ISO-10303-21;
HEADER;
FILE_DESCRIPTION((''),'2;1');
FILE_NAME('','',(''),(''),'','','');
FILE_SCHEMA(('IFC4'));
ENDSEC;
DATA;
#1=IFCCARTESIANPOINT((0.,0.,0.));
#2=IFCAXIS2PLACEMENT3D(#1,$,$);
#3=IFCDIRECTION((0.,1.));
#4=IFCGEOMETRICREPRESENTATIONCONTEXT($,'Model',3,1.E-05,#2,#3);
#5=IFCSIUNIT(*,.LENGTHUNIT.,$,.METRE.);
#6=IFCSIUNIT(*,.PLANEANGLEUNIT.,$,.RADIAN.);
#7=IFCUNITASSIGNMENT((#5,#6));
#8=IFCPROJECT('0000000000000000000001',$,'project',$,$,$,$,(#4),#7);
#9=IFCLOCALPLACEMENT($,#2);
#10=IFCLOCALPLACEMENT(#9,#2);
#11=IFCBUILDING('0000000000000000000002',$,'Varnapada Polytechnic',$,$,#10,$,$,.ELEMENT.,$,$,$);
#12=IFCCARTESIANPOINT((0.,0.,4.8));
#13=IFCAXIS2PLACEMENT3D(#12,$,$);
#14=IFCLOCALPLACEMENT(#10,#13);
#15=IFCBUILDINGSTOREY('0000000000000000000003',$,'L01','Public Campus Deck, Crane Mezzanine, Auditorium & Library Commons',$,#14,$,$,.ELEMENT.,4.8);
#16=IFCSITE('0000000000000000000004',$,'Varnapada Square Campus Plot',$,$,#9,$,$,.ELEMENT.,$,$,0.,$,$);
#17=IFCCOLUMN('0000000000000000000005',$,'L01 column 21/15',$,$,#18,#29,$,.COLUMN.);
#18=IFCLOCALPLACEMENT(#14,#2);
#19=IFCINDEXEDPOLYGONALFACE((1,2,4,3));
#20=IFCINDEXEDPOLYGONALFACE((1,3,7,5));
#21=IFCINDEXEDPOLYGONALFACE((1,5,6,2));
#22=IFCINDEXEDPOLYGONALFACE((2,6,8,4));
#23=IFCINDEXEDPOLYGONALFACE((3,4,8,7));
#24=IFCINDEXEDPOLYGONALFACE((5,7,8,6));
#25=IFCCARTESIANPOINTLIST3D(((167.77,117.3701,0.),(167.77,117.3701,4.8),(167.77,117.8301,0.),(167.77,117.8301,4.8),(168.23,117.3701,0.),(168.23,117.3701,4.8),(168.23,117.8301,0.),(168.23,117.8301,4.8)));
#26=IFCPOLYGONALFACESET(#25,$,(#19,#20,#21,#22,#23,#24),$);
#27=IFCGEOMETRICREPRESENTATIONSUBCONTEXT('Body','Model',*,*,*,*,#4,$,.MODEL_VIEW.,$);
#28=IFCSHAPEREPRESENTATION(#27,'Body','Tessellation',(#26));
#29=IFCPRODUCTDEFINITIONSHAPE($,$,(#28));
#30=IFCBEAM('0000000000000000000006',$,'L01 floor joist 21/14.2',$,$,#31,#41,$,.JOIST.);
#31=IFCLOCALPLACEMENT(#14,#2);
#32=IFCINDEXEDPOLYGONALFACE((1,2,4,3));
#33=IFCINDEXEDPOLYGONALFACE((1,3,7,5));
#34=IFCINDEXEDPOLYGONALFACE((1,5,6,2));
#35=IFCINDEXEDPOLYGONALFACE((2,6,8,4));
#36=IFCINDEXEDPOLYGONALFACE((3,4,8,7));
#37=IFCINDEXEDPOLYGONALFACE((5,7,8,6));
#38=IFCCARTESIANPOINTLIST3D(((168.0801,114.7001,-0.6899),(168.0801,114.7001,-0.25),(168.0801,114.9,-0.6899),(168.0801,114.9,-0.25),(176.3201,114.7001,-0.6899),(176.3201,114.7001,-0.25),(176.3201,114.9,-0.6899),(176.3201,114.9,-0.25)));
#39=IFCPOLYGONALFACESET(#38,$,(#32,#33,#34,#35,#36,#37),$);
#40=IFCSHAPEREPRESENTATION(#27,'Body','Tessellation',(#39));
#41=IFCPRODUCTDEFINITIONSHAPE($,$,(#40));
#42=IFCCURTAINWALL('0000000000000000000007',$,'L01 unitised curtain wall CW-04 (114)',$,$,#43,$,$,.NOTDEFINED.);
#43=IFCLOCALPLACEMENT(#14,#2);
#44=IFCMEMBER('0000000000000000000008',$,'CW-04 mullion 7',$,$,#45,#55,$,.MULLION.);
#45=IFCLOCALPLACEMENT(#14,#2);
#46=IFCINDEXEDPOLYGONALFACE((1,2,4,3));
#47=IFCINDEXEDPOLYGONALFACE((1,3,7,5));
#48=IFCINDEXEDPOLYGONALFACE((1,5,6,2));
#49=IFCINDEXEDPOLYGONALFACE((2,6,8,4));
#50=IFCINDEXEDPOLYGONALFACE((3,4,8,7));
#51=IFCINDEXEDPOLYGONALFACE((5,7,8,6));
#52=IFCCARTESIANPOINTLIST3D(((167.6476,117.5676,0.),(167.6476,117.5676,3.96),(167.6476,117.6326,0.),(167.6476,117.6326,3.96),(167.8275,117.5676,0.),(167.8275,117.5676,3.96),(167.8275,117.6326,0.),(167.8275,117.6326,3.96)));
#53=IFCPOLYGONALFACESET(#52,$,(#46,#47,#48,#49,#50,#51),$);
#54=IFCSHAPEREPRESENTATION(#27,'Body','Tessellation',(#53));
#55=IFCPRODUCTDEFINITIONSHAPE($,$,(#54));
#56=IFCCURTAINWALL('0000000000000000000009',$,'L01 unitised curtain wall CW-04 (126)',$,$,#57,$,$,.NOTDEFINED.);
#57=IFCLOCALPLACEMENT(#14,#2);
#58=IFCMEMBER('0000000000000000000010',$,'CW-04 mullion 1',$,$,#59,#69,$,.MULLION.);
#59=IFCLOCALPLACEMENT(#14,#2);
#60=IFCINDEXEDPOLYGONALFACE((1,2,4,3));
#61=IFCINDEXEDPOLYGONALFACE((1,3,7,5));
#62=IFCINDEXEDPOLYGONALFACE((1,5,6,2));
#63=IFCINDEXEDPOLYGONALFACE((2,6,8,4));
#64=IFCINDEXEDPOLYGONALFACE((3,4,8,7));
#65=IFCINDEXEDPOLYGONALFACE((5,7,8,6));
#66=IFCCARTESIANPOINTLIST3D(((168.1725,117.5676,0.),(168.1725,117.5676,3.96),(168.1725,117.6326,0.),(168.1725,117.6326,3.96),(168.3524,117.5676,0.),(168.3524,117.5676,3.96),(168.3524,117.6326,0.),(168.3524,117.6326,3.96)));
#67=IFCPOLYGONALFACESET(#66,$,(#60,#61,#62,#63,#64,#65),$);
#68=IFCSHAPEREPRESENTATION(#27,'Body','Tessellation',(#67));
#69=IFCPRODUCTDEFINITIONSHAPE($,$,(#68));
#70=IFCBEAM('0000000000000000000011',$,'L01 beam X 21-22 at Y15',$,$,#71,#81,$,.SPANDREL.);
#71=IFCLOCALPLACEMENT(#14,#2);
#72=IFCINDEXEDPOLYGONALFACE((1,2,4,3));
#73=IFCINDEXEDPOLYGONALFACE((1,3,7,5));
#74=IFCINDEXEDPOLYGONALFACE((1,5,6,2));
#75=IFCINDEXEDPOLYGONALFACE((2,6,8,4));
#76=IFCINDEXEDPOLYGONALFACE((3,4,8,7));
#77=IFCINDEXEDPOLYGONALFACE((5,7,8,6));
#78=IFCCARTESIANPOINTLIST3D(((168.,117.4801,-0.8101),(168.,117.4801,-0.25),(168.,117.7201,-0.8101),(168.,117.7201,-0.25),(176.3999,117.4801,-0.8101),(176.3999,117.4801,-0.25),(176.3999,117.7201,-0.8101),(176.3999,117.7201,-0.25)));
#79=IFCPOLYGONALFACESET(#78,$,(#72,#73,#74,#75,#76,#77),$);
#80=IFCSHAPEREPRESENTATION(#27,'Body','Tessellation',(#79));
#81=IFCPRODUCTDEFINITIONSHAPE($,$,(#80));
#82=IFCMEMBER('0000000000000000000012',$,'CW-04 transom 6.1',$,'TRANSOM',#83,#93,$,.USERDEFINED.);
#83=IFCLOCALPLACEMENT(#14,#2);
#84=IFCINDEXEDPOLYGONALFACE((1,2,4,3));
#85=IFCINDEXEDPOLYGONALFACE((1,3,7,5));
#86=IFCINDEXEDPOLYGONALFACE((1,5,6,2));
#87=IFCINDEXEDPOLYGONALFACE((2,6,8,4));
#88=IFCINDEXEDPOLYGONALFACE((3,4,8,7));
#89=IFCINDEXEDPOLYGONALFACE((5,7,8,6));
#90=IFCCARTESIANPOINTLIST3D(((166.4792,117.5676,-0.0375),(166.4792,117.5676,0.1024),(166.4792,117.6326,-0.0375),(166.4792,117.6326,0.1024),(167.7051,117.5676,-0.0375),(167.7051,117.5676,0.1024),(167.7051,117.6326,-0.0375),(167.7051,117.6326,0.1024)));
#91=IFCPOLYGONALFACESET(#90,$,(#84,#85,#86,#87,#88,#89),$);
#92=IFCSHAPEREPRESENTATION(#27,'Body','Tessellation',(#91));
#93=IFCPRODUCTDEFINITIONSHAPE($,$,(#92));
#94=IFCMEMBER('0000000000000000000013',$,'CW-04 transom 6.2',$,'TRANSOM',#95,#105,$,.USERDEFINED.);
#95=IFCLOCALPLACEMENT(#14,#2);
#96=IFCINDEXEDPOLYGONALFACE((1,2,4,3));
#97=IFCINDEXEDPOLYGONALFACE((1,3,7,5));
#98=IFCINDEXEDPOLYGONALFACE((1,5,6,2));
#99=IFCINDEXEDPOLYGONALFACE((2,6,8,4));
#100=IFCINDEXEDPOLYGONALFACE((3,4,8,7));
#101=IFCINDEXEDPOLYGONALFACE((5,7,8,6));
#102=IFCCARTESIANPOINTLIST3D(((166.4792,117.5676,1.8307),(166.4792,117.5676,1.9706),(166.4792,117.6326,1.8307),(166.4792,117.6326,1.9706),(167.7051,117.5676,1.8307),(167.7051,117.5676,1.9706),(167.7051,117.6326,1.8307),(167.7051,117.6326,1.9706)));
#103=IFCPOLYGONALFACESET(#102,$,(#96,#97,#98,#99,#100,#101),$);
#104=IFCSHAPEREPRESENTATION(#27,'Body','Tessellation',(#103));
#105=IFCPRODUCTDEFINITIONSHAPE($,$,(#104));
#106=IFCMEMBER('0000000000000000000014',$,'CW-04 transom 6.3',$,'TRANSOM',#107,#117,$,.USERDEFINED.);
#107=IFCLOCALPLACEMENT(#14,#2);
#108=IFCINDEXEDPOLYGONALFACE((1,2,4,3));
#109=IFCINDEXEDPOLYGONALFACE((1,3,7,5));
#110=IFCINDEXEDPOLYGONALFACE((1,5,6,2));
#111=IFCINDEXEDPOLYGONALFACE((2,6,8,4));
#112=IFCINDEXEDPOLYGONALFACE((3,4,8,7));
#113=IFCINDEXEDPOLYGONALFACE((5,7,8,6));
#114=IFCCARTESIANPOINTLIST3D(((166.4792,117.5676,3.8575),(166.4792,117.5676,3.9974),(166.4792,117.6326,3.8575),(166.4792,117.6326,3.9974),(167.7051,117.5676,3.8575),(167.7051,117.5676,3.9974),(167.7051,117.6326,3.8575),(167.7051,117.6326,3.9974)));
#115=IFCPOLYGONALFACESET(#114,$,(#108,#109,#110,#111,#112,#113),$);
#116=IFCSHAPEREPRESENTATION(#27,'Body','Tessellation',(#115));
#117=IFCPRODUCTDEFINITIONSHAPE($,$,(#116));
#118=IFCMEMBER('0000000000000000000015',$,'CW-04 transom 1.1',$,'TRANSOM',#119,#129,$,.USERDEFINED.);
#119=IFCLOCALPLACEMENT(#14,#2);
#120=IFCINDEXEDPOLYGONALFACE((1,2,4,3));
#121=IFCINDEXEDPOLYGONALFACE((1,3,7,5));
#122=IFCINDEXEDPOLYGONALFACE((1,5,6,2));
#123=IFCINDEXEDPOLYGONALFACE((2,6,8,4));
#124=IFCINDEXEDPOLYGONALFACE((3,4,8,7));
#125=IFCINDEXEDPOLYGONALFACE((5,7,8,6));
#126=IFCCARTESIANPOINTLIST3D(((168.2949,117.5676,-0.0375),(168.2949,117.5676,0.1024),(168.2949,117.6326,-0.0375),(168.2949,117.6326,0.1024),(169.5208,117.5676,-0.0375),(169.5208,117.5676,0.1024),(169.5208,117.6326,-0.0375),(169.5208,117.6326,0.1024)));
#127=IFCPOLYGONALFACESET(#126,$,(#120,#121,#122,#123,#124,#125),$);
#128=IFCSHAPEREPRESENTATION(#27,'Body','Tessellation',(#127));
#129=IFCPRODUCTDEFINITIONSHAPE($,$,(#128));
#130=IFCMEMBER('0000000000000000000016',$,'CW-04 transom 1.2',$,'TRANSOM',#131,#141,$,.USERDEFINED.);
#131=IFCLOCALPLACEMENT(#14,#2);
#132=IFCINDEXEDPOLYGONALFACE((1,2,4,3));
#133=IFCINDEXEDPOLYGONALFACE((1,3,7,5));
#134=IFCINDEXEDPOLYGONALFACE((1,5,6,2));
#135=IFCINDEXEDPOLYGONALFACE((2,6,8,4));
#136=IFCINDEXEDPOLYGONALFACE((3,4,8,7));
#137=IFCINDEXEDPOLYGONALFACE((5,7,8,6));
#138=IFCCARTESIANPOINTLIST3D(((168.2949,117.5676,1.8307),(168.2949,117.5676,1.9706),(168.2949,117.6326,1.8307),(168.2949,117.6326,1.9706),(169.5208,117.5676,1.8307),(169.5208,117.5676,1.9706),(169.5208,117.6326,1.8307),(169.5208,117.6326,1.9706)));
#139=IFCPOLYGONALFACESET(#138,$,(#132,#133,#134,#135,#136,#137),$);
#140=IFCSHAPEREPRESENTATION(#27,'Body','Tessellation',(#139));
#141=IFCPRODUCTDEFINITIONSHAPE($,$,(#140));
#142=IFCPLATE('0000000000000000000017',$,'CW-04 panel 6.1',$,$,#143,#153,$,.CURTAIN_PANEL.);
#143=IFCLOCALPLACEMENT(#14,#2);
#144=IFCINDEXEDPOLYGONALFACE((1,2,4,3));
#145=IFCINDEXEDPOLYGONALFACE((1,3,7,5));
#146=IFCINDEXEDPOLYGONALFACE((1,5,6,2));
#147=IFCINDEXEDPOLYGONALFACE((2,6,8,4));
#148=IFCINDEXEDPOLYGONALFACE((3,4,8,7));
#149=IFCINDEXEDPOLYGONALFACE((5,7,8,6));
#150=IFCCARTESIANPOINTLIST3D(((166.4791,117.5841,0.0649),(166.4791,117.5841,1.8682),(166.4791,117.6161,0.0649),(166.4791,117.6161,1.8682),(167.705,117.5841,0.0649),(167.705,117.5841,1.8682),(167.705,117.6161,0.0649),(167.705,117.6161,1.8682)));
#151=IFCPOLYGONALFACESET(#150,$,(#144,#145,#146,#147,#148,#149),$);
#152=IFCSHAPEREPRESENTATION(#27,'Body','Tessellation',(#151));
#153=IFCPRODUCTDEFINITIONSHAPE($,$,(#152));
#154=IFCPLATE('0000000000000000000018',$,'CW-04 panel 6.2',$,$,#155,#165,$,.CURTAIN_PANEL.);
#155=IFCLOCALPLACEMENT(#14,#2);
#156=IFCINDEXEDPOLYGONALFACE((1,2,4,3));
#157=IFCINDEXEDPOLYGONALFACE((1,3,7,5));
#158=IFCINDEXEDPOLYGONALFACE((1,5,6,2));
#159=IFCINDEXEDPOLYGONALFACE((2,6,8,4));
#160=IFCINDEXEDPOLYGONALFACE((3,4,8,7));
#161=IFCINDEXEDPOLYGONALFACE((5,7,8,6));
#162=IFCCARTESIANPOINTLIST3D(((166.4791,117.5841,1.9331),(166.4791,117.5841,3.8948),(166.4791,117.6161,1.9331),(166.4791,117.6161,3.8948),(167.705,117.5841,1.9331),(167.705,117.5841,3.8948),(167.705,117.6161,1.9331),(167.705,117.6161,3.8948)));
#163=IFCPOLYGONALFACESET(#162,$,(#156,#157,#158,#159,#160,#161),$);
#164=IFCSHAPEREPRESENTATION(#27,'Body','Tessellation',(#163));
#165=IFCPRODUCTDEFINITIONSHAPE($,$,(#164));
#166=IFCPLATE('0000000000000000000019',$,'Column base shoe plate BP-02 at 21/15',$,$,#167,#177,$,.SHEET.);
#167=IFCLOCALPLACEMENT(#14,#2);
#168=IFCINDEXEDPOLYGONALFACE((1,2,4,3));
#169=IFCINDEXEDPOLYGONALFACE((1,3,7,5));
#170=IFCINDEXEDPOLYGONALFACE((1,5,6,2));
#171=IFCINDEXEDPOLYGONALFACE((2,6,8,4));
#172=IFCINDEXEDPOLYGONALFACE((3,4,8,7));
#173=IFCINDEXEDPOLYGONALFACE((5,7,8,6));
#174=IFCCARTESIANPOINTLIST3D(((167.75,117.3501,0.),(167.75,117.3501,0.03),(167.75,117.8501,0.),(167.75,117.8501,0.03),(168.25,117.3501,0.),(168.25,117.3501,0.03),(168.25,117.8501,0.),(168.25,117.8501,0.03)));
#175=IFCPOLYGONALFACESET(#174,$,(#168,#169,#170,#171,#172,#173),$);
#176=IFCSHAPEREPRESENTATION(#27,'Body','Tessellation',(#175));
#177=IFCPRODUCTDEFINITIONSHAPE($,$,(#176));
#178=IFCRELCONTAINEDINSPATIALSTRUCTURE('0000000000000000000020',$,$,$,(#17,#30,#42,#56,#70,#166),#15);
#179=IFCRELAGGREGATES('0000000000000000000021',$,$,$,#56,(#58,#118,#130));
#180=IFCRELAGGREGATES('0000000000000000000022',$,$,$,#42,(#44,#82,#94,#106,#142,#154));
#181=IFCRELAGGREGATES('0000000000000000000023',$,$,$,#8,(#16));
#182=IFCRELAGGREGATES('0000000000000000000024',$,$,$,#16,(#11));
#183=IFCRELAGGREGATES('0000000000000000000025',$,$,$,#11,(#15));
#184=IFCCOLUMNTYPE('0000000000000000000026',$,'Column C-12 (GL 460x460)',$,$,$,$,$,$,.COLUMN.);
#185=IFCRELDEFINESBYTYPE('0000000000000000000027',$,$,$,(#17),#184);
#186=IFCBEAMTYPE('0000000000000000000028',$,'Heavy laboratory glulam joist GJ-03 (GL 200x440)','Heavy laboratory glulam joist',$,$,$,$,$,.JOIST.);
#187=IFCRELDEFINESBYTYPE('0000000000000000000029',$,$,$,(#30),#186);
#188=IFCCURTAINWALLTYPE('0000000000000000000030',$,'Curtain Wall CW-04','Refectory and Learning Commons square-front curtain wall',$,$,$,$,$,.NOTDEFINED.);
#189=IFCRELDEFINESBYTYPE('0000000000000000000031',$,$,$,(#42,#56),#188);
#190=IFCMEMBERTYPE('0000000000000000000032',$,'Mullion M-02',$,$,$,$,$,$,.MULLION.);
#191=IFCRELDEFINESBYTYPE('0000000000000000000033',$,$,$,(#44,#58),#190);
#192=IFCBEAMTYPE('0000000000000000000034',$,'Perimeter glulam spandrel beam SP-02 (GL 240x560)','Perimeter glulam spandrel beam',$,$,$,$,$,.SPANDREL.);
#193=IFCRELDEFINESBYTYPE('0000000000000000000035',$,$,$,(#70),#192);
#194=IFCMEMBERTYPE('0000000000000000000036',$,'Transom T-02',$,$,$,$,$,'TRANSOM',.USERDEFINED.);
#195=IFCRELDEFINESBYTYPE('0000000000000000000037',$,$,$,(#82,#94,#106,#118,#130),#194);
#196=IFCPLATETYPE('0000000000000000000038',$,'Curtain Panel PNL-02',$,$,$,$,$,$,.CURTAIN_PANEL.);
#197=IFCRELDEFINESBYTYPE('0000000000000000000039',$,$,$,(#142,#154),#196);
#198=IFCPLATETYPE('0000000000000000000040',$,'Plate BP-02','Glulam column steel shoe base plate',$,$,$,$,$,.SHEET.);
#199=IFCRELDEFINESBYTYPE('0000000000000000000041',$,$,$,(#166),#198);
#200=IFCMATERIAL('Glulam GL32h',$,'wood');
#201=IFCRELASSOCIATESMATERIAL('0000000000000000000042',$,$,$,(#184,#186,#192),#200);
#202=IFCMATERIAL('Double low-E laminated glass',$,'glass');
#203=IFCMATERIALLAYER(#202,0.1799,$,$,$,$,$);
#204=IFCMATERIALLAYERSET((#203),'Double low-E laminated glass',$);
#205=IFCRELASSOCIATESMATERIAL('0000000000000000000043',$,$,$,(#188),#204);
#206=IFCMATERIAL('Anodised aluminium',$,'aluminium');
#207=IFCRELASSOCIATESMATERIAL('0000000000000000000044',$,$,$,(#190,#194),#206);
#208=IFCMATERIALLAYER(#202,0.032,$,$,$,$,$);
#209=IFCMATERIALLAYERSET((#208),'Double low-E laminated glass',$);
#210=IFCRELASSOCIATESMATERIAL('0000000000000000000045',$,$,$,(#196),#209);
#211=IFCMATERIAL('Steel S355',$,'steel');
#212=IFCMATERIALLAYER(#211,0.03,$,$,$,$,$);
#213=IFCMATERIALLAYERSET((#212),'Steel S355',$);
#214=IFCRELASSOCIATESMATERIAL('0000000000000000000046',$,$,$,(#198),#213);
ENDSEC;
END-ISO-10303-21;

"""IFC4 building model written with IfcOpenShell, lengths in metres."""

from ifc_helpers import new_model, si_unit, direction, frame, origin, origin_2d, place, context, subcontext, project, spatial, rectangle, extrude, material, layer, layer_set, material_profile, profile_set, type_object, element, aggregate, save


model = new_model("IFC4")

# Units and contexts
model_context = context("Model", 3, precision=1e-05, world=origin(), true_north=direction((0.0, 1.0)))
body_context = subcontext(model_context, "Body", "Model", "MODEL_VIEW")
ifc_project = project(units=[si_unit("LENGTHUNIT", "METRE"), si_unit("PLANEANGLEUNIT", "RADIAN")], contexts=[model_context])

# Site, building, storey
site_placement = place(None, origin())
site = spatial("IfcSite", under=ifc_project, at=site_placement, Name="Varnapada Square Campus Plot", CompositionType="ELEMENT", RefElevation=0.0)
building_placement = place(site_placement, origin())
building = spatial("IfcBuilding", under=site, at=building_placement, Name="Varnapada Polytechnic", CompositionType="ELEMENT")
storey_placement = place(building_placement, frame((0.0, 0.0, 4.8)))
storey = spatial("IfcBuildingStorey", under=building, at=storey_placement, Name="L01", Description="Public Campus Deck, Crane Mezzanine, Auditorium & Library Commons", CompositionType="ELEMENT", Elevation=4.8)

# Column
ifc_material_1 = material(Name="Glulam GL32h", Category="wood")
ifc_material_profile_1 = material_profile(ifc_material_1, rectangle(XDim=0.46, YDim=0.46, at=origin_2d()), Name="GL 460x460")
ifc_profile_set_1 = profile_set([ifc_material_profile_1], Name="Glulam GL32h")
column_type = type_object("IfcColumnType", Name="Column C-12 (GL 460x460)", PredefinedType="COLUMN", material=ifc_profile_set_1)
column_placement = place(storey_placement, frame((168.0, 117.6001, 0.0), z_axis=(0.0, 0.0, 1.0), x_axis=(1.0, 0.0, 0.0)))
element("IfcColumn", 1, at=column_placement, inside=storey, type_object=column_type, Name="L01 column 21/15", PredefinedType="COLUMN", context=body_context, shape_type="SweptSolid", body=[
    extrude(rectangle(XDim=0.46, YDim=0.46, at=origin_2d()), origin(), (0.0, 0.0, 1.0), 4.8),
])

# Beam
ifc_material_profile_2 = material_profile(ifc_material_1, rectangle(XDim=0.2, YDim=0.4399, at=origin_2d()), Name="GL 200x440")
ifc_profile_set_2 = profile_set([ifc_material_profile_2], Name="Glulam GL32h")
beam_type_1 = type_object("IfcBeamType", Name="Heavy laboratory glulam joist GJ-03 (GL 200x440)", Description="Heavy laboratory glulam joist", PredefinedType="JOIST", material=ifc_profile_set_2)
beam_1_placement = place(storey_placement, frame((168.0801, 114.8, -0.47), z_axis=(1.0, 0.0, 0.0), x_axis=(0.0, 1.0, 0.0)))
element("IfcBeam", 2, at=beam_1_placement, inside=storey, type_object=beam_type_1, Name="L01 floor joist 21/14.2", PredefinedType="JOIST", context=body_context, shape_type="SweptSolid", body=[
    extrude(rectangle(XDim=0.2, YDim=0.4399, at=origin_2d()), origin(), (0.0, 0.0, 1.0), 8.24),
])

# Curtain walls, members
ifc_material_2 = material(Name="Double low-E laminated glass", Category="glass")
ifc_layer_1 = layer(ifc_material_2, 0.1799)
ifc_layer_set_1 = layer_set([ifc_layer_1], Name="Double low-E laminated glass")
curtain_wall_type = type_object("IfcCurtainWallType", Name="Curtain Wall CW-04", Description="Refectory and Learning Commons square-front curtain wall", PredefinedType="NOTDEFINED", material=ifc_layer_set_1)
curtain_wall_1_placement = place(storey_placement, origin())
curtain_wall_1 = element("IfcCurtainWall", 3, at=curtain_wall_1_placement, inside=storey, type_object=curtain_wall_type, Name="L01 unitised curtain wall CW-04 (114)", PredefinedType="NOTDEFINED")
ifc_material_3 = material(Name="Anodised aluminium", Category="aluminium")
ifc_material_profile_3 = material_profile(ifc_material_3, rectangle(XDim=0.0649, YDim=0.1799, at=origin_2d()), Name="ALU M65x180")
ifc_profile_set_3 = profile_set([ifc_material_profile_3], Name="Anodised aluminium")
member_type_1 = type_object("IfcMemberType", Name="Mullion M-02", PredefinedType="MULLION", material=ifc_profile_set_3)
member_1_placement = place(storey_placement, frame((167.7375, 117.6001, 0.0), z_axis=(0.0, 0.0, 1.0), x_axis=(0.0, 1.0, 0.0)))
member_1 = element("IfcMember", 4, at=member_1_placement, type_object=member_type_1, Name="CW-04 mullion 7", PredefinedType="MULLION", context=body_context, shape_type="SweptSolid", body=[
    extrude(rectangle(XDim=0.0649, YDim=0.1799, at=origin_2d()), origin(), (0.0, 0.0, 1.0), 3.96),
])
curtain_wall_2_placement = place(storey_placement, origin())
curtain_wall_2 = element("IfcCurtainWall", 5, at=curtain_wall_2_placement, inside=storey, type_object=curtain_wall_type, Name="L01 unitised curtain wall CW-04 (126)", PredefinedType="NOTDEFINED")
member_2_placement = place(storey_placement, frame((168.2625, 117.6001, 0.0), z_axis=(0.0, 0.0, 1.0), x_axis=(0.0, 1.0, 0.0)))
member_2 = element("IfcMember", 6, at=member_2_placement, type_object=member_type_1, Name="CW-04 mullion 1", PredefinedType="MULLION", context=body_context, shape_type="SweptSolid", body=[
    extrude(rectangle(XDim=0.0649, YDim=0.1799, at=origin_2d()), origin(), (0.0, 0.0, 1.0), 3.96),
])

# Beam
ifc_material_profile_4 = material_profile(ifc_material_1, rectangle(XDim=0.24, YDim=0.5601, at=origin_2d()), Name="GL 240x560")
ifc_profile_set_4 = profile_set([ifc_material_profile_4], Name="Glulam GL32h")
beam_type_2 = type_object("IfcBeamType", Name="Perimeter glulam spandrel beam SP-02 (GL 240x560)", Description="Perimeter glulam spandrel beam", PredefinedType="SPANDREL", material=ifc_profile_set_4)
beam_2_placement = place(storey_placement, frame((168.0, 117.6001, -0.53), z_axis=(1.0, 0.0, 0.0), x_axis=(0.0, 1.0, 0.0)))
element("IfcBeam", 7, at=beam_2_placement, inside=storey, type_object=beam_type_2, Name="L01 beam X 21-22 at Y15", PredefinedType="SPANDREL", context=body_context, shape_type="SweptSolid", body=[
    extrude(rectangle(XDim=0.24, YDim=0.5601, at=origin_2d()), origin(), (0.0, 0.0, 1.0), 8.3999),
])

# Members
ifc_material_profile_5 = material_profile(ifc_material_3, rectangle(XDim=0.0649, YDim=0.1399, at=origin_2d()), Name="ALU T65x140")
ifc_profile_set_5 = profile_set([ifc_material_profile_5], Name="Anodised aluminium")
member_type_2 = type_object("IfcMemberType", Name="Transom T-02", ElementType="TRANSOM", PredefinedType="USERDEFINED", material=ifc_profile_set_5)
member_3_placement = place(storey_placement, frame((166.4792, 117.6001, 0.0325), z_axis=(1.0, 0.0, 0.0), x_axis=(0.0, 1.0, 0.0)))
member_3 = element("IfcMember", 8, at=member_3_placement, type_object=member_type_2, Name="CW-04 transom 6.1", ObjectType="TRANSOM", PredefinedType="USERDEFINED", context=body_context, shape_type="SweptSolid", body=[
    extrude(rectangle(XDim=0.0649, YDim=0.1399, at=origin_2d()), origin(), (0.0, 0.0, 1.0), 1.2258),
])
member_4_placement = place(storey_placement, frame((166.4792, 117.6001, 1.9006), z_axis=(1.0, 0.0, 0.0), x_axis=(0.0, 1.0, 0.0)))
member_4 = element("IfcMember", 9, at=member_4_placement, type_object=member_type_2, Name="CW-04 transom 6.2", ObjectType="TRANSOM", PredefinedType="USERDEFINED", context=body_context, shape_type="SweptSolid", body=[
    extrude(rectangle(XDim=0.0649, YDim=0.1399, at=origin_2d()), origin(), (0.0, 0.0, 1.0), 1.2258),
])
member_5_placement = place(storey_placement, frame((166.4792, 117.6001, 3.9275), z_axis=(1.0, 0.0, 0.0), x_axis=(0.0, 1.0, 0.0)))
member_5 = element("IfcMember", 10, at=member_5_placement, type_object=member_type_2, Name="CW-04 transom 6.3", ObjectType="TRANSOM", PredefinedType="USERDEFINED", context=body_context, shape_type="SweptSolid", body=[
    extrude(rectangle(XDim=0.0649, YDim=0.1399, at=origin_2d()), origin(), (0.0, 0.0, 1.0), 1.2258),
])
member_6_placement = place(storey_placement, frame((168.2949, 117.6001, 0.0325), z_axis=(1.0, 0.0, 0.0), x_axis=(0.0, 1.0, 0.0)))
member_6 = element("IfcMember", 11, at=member_6_placement, type_object=member_type_2, Name="CW-04 transom 1.1", ObjectType="TRANSOM", PredefinedType="USERDEFINED", context=body_context, shape_type="SweptSolid", body=[
    extrude(rectangle(XDim=0.0649, YDim=0.1399, at=origin_2d()), origin(), (0.0, 0.0, 1.0), 1.2258),
])
member_7_placement = place(storey_placement, frame((168.2949, 117.6001, 1.9006), z_axis=(1.0, 0.0, 0.0), x_axis=(0.0, 1.0, 0.0)))
member_7 = element("IfcMember", 12, at=member_7_placement, type_object=member_type_2, Name="CW-04 transom 1.2", ObjectType="TRANSOM", PredefinedType="USERDEFINED", context=body_context, shape_type="SweptSolid", body=[
    extrude(rectangle(XDim=0.0649, YDim=0.1399, at=origin_2d()), origin(), (0.0, 0.0, 1.0), 1.2258),
])
aggregate(curtain_wall_2, [member_2, member_6, member_7])

# Plates
ifc_layer_2 = layer(ifc_material_2, 0.032)
ifc_layer_set_2 = layer_set([ifc_layer_2], Name="Double low-E laminated glass")
plate_type_1 = type_object("IfcPlateType", Name="Curtain Panel PNL-02", PredefinedType="CURTAIN_PANEL", material=ifc_layer_set_2)
plate_1_placement = place(storey_placement, frame((167.092, 117.6001, 0.0649), z_axis=(0.0, 0.0, 1.0), x_axis=(1.0, 0.0, 0.0)))
plate_1 = element("IfcPlate", 13, at=plate_1_placement, type_object=plate_type_1, Name="CW-04 panel 6.1", PredefinedType="CURTAIN_PANEL", context=body_context, shape_type="SweptSolid", body=[
    extrude(rectangle(XDim=1.2258, YDim=0.032, at=origin_2d()), origin(), (0.0, 0.0, 1.0), 1.8032),
])
plate_2_placement = place(storey_placement, frame((167.092, 117.6001, 1.9331), z_axis=(0.0, 0.0, 1.0), x_axis=(1.0, 0.0, 0.0)))
plate_2 = element("IfcPlate", 14, at=plate_2_placement, type_object=plate_type_1, Name="CW-04 panel 6.2", PredefinedType="CURTAIN_PANEL", context=body_context, shape_type="SweptSolid", body=[
    extrude(rectangle(XDim=1.2258, YDim=0.032, at=origin_2d()), origin(), (0.0, 0.0, 1.0), 1.9617),
])
aggregate(curtain_wall_1, [member_1, member_3, member_4, member_5, plate_1, plate_2])
ifc_material_4 = material(Name="Steel S355", Category="steel")
ifc_layer_3 = layer(ifc_material_4, 0.03)
ifc_layer_set_3 = layer_set([ifc_layer_3], Name="Steel S355")
plate_type_2 = type_object("IfcPlateType", Name="Plate BP-02", Description="Glulam column steel shoe base plate", PredefinedType="SHEET", material=ifc_layer_set_3)
plate_3_placement = place(storey_placement, frame((168.0, 117.6001, 0.0), z_axis=(0.0, 0.0, 1.0), x_axis=(1.0, 0.0, 0.0)))
element("IfcPlate", 15, at=plate_3_placement, inside=storey, type_object=plate_type_2, Name="Column base shoe plate BP-02 at 21/15", PredefinedType="SHEET", context=body_context, shape_type="SweptSolid", body=[
    extrude(rectangle(XDim=0.5, YDim=0.5, at=origin_2d()), origin(), (0.0, 0.0, 1.0), 0.03),
])

save(model, "model.ifc")
